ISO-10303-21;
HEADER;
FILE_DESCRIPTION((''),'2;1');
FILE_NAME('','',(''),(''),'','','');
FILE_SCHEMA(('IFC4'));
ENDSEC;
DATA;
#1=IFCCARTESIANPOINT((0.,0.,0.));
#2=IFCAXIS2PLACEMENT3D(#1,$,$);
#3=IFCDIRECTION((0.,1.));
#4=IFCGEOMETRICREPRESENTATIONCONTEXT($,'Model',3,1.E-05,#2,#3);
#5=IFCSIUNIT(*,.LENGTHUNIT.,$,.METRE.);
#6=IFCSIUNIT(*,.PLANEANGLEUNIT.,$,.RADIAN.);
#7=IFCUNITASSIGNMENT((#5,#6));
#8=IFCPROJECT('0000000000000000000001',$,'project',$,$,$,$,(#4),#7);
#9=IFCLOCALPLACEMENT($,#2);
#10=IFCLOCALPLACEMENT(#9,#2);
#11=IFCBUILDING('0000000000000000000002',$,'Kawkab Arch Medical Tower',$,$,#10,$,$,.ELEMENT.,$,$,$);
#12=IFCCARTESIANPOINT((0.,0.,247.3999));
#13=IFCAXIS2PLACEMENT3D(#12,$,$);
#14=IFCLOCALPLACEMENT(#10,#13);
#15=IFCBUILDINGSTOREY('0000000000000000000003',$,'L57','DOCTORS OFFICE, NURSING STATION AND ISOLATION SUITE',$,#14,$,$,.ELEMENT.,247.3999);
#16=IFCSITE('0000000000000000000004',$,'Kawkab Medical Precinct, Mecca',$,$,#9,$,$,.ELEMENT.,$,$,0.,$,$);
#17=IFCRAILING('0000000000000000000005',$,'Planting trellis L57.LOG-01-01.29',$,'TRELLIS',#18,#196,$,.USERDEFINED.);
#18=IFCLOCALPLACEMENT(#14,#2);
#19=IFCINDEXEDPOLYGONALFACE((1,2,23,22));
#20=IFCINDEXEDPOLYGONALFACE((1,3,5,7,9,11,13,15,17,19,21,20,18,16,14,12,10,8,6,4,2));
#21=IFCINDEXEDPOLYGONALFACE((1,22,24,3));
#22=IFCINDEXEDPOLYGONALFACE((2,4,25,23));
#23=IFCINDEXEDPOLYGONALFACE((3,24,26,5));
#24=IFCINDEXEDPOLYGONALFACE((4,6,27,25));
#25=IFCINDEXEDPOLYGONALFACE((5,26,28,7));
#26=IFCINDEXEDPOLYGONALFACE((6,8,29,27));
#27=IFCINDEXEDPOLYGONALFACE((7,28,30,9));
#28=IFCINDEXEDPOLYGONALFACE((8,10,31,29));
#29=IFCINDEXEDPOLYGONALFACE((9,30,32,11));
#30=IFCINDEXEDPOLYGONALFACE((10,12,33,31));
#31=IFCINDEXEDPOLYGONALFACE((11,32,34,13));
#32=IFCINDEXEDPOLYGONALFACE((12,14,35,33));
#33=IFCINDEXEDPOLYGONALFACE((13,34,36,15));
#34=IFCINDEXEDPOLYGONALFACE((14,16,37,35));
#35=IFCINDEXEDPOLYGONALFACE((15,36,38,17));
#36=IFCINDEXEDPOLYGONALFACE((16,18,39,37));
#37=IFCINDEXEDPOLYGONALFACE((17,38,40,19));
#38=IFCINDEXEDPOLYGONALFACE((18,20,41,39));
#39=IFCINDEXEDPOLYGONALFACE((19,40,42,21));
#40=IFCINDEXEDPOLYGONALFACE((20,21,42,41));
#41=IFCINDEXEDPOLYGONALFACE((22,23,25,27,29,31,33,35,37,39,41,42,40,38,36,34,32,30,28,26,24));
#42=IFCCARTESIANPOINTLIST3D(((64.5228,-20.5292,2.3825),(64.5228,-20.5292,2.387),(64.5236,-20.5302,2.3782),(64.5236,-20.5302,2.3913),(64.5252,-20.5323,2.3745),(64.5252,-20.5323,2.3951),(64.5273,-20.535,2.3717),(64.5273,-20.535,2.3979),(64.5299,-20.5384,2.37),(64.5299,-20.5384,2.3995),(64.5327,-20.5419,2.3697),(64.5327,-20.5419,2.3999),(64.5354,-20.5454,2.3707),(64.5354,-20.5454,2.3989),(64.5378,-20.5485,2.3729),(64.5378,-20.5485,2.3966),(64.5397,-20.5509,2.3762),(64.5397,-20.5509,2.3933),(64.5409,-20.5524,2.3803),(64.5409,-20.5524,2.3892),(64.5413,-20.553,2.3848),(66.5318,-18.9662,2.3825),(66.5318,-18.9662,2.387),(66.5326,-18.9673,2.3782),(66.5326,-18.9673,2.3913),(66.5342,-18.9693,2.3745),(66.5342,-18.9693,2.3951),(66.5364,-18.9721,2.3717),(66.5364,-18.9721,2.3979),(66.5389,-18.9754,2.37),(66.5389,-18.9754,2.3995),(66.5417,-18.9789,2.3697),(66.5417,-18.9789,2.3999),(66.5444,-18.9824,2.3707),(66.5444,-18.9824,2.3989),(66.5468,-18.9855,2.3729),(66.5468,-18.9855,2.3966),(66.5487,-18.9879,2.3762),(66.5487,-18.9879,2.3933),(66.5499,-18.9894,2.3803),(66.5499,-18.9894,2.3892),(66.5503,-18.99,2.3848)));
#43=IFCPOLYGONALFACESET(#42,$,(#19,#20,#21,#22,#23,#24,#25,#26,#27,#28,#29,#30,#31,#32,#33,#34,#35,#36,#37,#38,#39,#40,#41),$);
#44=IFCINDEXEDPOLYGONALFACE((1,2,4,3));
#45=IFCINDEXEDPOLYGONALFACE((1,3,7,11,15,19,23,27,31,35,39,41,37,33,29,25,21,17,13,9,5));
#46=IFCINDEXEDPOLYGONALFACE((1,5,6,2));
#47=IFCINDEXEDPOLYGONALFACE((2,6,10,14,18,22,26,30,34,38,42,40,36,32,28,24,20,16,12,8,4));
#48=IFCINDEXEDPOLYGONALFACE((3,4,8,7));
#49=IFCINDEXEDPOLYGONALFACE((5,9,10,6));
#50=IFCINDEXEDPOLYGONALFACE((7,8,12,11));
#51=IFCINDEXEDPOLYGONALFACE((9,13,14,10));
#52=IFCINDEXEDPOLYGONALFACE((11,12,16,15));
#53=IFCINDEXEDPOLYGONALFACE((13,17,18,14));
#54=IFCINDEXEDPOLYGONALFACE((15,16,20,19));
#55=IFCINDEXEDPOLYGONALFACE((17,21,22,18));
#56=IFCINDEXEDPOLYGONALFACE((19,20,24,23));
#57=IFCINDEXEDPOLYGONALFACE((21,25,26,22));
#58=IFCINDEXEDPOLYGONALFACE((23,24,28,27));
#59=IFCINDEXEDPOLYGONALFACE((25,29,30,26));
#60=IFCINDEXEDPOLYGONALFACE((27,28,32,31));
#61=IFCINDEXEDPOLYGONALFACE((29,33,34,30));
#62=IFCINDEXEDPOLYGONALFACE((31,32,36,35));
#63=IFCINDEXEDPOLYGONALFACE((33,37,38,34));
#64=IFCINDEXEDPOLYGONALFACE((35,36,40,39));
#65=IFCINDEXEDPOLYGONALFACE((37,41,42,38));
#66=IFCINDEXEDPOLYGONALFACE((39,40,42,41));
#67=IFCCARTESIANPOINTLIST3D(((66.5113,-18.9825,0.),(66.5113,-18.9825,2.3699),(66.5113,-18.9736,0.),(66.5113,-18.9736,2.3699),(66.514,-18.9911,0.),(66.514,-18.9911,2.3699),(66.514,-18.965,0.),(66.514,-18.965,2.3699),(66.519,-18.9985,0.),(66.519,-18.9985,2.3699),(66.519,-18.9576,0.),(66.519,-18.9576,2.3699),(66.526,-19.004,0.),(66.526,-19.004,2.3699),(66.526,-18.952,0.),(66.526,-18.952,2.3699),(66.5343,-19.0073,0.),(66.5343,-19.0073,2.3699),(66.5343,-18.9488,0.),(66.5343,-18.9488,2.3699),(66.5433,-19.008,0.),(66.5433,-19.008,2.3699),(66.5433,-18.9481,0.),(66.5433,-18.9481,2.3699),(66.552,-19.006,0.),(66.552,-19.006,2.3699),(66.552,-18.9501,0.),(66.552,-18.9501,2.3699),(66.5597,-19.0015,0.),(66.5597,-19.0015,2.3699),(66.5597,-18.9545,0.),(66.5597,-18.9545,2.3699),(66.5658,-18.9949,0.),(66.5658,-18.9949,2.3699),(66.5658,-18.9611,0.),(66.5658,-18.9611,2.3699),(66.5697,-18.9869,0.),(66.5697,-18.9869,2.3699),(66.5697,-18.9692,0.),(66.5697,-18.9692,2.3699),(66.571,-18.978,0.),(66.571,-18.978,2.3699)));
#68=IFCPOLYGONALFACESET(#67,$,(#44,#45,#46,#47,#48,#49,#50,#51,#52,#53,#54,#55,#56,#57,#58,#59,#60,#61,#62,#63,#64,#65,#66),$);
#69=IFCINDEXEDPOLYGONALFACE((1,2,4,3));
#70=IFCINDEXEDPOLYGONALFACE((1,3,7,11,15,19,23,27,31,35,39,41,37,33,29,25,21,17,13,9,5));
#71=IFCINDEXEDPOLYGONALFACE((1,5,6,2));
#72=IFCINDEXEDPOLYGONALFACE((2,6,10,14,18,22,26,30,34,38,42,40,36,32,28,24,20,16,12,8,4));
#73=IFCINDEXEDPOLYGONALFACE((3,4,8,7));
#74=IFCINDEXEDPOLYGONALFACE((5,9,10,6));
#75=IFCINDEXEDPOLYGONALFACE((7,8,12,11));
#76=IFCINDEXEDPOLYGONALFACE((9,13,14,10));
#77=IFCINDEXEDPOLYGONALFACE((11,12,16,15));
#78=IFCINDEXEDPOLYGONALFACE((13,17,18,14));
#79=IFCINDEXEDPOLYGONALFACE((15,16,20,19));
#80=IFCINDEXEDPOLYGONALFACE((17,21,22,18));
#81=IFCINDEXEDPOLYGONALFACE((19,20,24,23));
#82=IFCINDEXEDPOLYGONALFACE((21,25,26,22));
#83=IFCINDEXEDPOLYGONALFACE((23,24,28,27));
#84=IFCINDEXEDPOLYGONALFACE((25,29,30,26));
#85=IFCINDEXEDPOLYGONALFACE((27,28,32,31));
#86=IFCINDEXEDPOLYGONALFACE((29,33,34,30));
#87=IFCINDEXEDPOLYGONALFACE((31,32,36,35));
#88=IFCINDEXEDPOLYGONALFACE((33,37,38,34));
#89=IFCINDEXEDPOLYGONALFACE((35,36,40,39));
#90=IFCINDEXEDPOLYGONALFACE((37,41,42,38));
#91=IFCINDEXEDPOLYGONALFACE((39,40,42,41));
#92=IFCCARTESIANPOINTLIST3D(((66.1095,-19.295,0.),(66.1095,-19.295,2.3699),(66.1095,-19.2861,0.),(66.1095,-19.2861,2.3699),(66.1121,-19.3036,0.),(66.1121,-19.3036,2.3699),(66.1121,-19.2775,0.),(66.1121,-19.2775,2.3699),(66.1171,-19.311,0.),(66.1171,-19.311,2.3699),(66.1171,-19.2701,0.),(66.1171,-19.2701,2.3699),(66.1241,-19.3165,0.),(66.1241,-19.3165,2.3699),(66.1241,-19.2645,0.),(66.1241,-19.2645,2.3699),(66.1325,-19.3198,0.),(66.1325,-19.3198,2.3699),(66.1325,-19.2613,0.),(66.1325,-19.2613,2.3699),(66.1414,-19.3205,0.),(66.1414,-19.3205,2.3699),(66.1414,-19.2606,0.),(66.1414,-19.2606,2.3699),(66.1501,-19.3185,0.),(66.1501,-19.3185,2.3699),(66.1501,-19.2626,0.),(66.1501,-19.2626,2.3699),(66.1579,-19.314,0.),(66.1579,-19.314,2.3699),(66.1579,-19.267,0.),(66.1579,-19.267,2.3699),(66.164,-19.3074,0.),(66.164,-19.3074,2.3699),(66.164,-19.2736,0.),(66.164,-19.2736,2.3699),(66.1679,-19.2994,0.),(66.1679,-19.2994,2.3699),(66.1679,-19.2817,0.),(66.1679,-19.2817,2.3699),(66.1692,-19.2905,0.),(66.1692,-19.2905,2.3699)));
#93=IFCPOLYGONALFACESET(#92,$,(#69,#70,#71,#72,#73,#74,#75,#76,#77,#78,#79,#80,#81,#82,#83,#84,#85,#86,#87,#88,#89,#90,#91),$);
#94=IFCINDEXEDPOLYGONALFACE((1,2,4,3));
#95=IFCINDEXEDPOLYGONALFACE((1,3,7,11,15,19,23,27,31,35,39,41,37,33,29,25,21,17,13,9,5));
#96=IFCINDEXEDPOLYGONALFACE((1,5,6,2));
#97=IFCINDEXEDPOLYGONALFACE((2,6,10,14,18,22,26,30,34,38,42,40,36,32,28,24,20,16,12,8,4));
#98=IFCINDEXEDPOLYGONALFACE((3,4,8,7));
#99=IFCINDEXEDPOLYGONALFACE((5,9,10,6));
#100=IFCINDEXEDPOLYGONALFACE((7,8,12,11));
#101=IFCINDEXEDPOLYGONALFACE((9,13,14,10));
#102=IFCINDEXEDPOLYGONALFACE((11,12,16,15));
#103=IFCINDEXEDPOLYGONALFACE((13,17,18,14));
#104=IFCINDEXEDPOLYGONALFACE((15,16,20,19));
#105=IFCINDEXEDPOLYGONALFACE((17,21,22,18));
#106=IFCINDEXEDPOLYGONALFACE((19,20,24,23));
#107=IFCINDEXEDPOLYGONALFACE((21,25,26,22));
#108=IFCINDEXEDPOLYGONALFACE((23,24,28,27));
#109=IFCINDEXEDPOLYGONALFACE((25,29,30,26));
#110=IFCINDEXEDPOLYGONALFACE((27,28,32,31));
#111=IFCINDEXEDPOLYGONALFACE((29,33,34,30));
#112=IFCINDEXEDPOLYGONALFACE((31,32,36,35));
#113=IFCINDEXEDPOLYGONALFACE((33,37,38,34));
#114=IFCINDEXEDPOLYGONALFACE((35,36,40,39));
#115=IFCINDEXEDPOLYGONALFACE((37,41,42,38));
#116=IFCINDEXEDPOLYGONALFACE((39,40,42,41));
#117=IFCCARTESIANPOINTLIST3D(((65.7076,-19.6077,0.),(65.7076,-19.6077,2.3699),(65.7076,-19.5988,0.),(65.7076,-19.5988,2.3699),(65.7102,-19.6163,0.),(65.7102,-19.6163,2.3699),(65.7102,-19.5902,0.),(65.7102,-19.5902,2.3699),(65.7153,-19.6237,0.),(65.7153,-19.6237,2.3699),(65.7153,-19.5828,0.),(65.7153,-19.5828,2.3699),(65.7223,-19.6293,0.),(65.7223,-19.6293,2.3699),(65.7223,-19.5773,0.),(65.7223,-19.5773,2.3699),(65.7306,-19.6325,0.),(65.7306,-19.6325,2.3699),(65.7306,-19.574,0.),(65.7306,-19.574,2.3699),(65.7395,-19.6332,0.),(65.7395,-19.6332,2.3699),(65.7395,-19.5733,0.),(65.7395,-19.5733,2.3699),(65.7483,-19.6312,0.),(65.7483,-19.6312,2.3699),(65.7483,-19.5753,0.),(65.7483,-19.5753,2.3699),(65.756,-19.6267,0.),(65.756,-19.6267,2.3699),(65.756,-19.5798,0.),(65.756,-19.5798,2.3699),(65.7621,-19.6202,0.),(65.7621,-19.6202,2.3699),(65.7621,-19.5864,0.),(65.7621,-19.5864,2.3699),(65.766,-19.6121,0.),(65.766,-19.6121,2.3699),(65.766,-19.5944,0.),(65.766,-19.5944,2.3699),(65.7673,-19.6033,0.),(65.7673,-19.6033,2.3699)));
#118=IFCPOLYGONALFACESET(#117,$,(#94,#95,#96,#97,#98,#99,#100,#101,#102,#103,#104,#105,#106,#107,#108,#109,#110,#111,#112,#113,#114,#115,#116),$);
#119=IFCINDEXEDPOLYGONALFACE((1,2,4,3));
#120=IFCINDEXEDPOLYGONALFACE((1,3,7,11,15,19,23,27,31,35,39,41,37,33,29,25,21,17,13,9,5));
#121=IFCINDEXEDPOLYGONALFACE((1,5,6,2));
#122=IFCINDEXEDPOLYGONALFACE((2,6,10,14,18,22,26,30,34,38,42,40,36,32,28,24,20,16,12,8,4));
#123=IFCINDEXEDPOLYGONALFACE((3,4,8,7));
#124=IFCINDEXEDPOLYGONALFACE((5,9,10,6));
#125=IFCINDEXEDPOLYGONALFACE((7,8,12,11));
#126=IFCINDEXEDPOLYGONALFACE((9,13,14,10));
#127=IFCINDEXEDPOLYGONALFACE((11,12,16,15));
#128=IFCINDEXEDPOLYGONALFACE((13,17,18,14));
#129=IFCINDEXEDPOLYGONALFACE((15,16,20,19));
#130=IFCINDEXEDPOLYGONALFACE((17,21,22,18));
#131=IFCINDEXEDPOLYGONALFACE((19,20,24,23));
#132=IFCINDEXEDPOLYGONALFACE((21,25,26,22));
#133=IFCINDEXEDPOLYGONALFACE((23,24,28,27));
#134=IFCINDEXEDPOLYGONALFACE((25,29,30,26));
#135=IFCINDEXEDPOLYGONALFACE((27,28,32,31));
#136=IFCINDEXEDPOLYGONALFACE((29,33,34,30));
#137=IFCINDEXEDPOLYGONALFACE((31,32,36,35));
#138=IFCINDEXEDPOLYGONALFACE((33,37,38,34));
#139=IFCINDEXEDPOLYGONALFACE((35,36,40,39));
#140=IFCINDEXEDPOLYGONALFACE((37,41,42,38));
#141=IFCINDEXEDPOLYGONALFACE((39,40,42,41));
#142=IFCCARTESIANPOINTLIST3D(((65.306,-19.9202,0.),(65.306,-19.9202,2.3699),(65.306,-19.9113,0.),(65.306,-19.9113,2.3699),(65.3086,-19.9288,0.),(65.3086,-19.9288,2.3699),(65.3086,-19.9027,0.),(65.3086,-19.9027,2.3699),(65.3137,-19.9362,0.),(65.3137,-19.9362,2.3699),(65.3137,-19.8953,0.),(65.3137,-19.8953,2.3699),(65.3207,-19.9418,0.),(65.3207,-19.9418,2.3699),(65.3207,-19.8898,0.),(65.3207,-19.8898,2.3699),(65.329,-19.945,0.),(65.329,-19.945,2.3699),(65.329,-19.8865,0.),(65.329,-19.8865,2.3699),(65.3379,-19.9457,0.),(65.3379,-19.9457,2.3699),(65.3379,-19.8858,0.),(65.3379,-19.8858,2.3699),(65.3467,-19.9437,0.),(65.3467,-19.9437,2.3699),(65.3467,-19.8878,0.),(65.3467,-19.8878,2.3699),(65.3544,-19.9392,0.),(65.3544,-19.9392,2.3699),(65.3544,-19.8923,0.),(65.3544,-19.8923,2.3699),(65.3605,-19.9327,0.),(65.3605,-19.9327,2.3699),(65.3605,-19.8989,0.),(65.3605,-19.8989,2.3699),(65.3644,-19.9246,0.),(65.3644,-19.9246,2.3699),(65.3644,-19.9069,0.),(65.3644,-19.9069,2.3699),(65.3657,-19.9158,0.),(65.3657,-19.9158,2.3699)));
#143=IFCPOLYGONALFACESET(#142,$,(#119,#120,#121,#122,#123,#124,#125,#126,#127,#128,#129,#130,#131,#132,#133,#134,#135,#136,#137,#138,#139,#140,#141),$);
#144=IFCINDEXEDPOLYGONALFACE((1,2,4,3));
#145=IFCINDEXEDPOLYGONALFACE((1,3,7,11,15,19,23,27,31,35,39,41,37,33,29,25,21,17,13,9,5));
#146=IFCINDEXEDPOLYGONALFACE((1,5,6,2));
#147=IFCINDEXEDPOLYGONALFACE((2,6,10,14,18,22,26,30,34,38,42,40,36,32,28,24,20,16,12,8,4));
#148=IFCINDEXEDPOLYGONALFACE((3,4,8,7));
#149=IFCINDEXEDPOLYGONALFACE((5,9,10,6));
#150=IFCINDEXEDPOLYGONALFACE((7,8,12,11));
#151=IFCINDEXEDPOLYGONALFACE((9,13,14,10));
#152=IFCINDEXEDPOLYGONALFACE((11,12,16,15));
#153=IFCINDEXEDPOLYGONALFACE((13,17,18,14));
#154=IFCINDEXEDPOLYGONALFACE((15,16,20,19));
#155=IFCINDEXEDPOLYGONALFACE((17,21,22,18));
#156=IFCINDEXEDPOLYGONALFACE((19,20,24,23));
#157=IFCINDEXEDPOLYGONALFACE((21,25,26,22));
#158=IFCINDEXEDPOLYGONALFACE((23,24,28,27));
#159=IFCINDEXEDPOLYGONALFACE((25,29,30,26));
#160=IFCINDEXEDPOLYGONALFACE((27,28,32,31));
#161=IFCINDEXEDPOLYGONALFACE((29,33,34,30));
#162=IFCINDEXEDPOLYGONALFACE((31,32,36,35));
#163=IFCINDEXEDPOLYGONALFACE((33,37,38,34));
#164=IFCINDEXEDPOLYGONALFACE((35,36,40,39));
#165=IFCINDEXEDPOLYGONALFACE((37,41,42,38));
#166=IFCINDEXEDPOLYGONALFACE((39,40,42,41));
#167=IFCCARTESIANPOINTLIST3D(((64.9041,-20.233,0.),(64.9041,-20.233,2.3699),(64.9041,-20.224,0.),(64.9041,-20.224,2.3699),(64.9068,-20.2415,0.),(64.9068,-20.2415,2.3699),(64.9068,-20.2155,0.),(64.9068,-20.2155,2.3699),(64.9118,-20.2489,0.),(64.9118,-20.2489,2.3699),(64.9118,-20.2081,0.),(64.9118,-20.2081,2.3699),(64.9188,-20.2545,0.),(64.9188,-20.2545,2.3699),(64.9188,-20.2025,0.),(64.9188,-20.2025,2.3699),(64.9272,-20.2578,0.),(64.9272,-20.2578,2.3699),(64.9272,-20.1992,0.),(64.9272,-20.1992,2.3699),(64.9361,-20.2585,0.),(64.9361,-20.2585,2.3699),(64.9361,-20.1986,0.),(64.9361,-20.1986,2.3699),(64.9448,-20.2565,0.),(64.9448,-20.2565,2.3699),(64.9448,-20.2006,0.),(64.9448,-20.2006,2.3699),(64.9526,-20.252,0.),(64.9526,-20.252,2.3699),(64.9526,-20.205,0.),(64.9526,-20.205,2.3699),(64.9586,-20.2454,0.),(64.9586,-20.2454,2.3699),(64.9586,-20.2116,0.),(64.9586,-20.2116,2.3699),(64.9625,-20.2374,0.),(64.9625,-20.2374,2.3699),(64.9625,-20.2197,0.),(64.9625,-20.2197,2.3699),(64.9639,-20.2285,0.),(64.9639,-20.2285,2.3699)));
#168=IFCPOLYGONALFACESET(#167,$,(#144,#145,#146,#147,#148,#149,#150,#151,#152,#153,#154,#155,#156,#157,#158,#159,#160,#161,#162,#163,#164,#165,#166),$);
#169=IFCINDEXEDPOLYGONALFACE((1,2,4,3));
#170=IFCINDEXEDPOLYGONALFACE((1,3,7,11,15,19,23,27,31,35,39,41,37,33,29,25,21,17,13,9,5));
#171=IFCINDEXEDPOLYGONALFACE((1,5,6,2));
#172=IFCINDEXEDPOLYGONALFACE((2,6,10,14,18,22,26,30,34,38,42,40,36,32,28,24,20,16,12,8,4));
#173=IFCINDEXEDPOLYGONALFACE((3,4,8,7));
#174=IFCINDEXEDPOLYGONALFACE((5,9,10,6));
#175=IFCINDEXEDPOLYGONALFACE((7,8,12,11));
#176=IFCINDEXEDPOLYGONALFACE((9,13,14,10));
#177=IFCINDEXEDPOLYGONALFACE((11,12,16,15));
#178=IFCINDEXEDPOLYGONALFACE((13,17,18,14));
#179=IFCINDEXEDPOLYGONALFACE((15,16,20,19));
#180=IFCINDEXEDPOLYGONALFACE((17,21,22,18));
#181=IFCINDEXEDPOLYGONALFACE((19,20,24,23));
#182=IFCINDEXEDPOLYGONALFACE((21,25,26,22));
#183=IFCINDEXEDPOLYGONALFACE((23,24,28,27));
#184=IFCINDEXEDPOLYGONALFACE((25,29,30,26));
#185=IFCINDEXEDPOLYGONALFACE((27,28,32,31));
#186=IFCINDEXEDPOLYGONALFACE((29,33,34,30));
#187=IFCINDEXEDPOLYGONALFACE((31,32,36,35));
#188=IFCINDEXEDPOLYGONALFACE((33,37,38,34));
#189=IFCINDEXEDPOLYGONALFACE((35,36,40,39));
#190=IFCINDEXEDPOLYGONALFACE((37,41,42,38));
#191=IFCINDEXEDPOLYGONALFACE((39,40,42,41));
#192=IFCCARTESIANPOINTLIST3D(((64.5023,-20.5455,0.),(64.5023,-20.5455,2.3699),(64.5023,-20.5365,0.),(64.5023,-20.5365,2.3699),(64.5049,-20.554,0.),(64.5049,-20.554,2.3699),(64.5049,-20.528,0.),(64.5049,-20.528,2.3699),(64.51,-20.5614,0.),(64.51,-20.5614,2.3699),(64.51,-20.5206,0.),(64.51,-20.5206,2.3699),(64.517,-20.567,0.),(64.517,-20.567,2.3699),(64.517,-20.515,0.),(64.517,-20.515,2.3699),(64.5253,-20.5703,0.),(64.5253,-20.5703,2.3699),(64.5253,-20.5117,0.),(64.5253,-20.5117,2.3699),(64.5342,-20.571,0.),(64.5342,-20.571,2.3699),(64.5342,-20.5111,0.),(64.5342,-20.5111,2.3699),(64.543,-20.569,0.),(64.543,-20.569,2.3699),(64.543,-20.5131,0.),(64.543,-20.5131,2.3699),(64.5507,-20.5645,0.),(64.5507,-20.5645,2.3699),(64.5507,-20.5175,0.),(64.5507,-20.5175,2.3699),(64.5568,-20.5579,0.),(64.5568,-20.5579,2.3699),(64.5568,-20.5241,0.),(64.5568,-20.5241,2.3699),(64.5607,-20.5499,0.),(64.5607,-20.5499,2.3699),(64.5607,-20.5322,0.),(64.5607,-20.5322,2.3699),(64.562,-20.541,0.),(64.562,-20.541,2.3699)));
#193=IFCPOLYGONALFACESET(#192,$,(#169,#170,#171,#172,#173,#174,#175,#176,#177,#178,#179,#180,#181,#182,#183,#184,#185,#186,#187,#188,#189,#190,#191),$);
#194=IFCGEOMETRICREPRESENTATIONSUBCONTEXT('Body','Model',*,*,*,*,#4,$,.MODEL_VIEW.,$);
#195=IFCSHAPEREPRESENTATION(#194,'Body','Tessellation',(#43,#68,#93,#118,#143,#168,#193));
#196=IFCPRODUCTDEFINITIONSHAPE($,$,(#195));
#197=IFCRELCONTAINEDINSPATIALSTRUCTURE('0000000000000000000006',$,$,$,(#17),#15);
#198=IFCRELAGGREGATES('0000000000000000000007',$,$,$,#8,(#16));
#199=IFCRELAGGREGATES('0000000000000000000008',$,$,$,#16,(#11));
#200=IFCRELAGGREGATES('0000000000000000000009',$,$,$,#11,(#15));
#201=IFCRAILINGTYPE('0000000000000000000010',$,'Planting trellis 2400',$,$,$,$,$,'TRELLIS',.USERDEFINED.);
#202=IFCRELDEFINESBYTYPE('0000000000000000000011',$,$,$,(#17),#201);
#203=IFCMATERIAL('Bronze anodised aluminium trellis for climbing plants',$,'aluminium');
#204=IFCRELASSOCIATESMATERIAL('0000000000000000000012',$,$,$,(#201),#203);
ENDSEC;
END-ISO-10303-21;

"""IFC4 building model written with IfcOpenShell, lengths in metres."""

from ifc_helpers import new_model, si_unit, direction, frame, origin, origin_2d, place, context, subcontext, project, spatial, circle, extrude, material, type_object, element, save


model = new_model("IFC4")

# Units and contexts
model_context = context("Model", 3, precision=1e-05, world=origin(), true_north=direction((0.0, 1.0)))
body_context = subcontext(model_context, "Body", "Model", "MODEL_VIEW")
ifc_project = project(units=[si_unit("LENGTHUNIT", "METRE"), si_unit("PLANEANGLEUNIT", "RADIAN")], contexts=[model_context])

# Site, building, storey
site_placement = place(None, origin())
site = spatial("IfcSite", under=ifc_project, at=site_placement, Name="Kawkab Medical Precinct, Mecca", CompositionType="ELEMENT", RefElevation=0.0)
building_placement = place(site_placement, origin())
building = spatial("IfcBuilding", under=site, at=building_placement, Name="Kawkab Arch Medical Tower", CompositionType="ELEMENT")
storey_placement = place(building_placement, frame((0.0, 0.0, 247.3999)))
storey = spatial("IfcBuildingStorey", under=building, at=storey_placement, Name="L57", Description="DOCTORS OFFICE, NURSING STATION AND ISOLATION SUITE", CompositionType="ELEMENT", Elevation=247.3999)

# Railing
ifc_material_1 = material(Name="Bronze anodised aluminium trellis for climbing plants", Category="aluminium")
railing_type = type_object("IfcRailingType", Name="Planting trellis 2400", ElementType="TRELLIS", PredefinedType="USERDEFINED", material=ifc_material_1)
railing_1_placement = place(storey_placement, frame((66.541, -18.978, 0.0)))
element("IfcRailing", 1, at=railing_1_placement, inside=storey, type_object=railing_type, Name="Planting trellis L57.LOG-01-01.29", ObjectType="TRELLIS", PredefinedType="USERDEFINED", context=body_context, shape_type="SweptSolid", body=[
    extrude(circle(Radius=0.0151, at=origin_2d()), frame((0.0, 0.0, 2.3848), z_axis=(-0.789275, -0.61404, 0.0), x_axis=(0.61404, -0.789275, 0.0)), (0.0, 0.0, 1.0), 2.5454),
    extrude(circle(Radius=0.03, at=origin_2d()), origin(), (0.0, 0.0, 1.0), 2.3699),
    extrude(circle(Radius=0.03, at=origin_2d()), frame((-0.4019, -0.3125, 0.0)), (0.0, 0.0, 1.0), 2.3699),
    extrude(circle(Radius=0.03, at=origin_2d()), frame((-0.8037, -0.6252, 0.0)), (0.0, 0.0, 1.0), 2.3699),
    extrude(circle(Radius=0.03, at=origin_2d()), frame((-1.2053, -0.9377, 0.0)), (0.0, 0.0, 1.0), 2.3699),
    extrude(circle(Radius=0.03, at=origin_2d()), frame((-1.6072, -1.2505, 0.0)), (0.0, 0.0, 1.0), 2.3699),
    extrude(circle(Radius=0.03, at=origin_2d()), frame((-2.009, -1.563, 0.0)), (0.0, 0.0, 1.0), 2.3699),
])

save(model, "model.ifc")
